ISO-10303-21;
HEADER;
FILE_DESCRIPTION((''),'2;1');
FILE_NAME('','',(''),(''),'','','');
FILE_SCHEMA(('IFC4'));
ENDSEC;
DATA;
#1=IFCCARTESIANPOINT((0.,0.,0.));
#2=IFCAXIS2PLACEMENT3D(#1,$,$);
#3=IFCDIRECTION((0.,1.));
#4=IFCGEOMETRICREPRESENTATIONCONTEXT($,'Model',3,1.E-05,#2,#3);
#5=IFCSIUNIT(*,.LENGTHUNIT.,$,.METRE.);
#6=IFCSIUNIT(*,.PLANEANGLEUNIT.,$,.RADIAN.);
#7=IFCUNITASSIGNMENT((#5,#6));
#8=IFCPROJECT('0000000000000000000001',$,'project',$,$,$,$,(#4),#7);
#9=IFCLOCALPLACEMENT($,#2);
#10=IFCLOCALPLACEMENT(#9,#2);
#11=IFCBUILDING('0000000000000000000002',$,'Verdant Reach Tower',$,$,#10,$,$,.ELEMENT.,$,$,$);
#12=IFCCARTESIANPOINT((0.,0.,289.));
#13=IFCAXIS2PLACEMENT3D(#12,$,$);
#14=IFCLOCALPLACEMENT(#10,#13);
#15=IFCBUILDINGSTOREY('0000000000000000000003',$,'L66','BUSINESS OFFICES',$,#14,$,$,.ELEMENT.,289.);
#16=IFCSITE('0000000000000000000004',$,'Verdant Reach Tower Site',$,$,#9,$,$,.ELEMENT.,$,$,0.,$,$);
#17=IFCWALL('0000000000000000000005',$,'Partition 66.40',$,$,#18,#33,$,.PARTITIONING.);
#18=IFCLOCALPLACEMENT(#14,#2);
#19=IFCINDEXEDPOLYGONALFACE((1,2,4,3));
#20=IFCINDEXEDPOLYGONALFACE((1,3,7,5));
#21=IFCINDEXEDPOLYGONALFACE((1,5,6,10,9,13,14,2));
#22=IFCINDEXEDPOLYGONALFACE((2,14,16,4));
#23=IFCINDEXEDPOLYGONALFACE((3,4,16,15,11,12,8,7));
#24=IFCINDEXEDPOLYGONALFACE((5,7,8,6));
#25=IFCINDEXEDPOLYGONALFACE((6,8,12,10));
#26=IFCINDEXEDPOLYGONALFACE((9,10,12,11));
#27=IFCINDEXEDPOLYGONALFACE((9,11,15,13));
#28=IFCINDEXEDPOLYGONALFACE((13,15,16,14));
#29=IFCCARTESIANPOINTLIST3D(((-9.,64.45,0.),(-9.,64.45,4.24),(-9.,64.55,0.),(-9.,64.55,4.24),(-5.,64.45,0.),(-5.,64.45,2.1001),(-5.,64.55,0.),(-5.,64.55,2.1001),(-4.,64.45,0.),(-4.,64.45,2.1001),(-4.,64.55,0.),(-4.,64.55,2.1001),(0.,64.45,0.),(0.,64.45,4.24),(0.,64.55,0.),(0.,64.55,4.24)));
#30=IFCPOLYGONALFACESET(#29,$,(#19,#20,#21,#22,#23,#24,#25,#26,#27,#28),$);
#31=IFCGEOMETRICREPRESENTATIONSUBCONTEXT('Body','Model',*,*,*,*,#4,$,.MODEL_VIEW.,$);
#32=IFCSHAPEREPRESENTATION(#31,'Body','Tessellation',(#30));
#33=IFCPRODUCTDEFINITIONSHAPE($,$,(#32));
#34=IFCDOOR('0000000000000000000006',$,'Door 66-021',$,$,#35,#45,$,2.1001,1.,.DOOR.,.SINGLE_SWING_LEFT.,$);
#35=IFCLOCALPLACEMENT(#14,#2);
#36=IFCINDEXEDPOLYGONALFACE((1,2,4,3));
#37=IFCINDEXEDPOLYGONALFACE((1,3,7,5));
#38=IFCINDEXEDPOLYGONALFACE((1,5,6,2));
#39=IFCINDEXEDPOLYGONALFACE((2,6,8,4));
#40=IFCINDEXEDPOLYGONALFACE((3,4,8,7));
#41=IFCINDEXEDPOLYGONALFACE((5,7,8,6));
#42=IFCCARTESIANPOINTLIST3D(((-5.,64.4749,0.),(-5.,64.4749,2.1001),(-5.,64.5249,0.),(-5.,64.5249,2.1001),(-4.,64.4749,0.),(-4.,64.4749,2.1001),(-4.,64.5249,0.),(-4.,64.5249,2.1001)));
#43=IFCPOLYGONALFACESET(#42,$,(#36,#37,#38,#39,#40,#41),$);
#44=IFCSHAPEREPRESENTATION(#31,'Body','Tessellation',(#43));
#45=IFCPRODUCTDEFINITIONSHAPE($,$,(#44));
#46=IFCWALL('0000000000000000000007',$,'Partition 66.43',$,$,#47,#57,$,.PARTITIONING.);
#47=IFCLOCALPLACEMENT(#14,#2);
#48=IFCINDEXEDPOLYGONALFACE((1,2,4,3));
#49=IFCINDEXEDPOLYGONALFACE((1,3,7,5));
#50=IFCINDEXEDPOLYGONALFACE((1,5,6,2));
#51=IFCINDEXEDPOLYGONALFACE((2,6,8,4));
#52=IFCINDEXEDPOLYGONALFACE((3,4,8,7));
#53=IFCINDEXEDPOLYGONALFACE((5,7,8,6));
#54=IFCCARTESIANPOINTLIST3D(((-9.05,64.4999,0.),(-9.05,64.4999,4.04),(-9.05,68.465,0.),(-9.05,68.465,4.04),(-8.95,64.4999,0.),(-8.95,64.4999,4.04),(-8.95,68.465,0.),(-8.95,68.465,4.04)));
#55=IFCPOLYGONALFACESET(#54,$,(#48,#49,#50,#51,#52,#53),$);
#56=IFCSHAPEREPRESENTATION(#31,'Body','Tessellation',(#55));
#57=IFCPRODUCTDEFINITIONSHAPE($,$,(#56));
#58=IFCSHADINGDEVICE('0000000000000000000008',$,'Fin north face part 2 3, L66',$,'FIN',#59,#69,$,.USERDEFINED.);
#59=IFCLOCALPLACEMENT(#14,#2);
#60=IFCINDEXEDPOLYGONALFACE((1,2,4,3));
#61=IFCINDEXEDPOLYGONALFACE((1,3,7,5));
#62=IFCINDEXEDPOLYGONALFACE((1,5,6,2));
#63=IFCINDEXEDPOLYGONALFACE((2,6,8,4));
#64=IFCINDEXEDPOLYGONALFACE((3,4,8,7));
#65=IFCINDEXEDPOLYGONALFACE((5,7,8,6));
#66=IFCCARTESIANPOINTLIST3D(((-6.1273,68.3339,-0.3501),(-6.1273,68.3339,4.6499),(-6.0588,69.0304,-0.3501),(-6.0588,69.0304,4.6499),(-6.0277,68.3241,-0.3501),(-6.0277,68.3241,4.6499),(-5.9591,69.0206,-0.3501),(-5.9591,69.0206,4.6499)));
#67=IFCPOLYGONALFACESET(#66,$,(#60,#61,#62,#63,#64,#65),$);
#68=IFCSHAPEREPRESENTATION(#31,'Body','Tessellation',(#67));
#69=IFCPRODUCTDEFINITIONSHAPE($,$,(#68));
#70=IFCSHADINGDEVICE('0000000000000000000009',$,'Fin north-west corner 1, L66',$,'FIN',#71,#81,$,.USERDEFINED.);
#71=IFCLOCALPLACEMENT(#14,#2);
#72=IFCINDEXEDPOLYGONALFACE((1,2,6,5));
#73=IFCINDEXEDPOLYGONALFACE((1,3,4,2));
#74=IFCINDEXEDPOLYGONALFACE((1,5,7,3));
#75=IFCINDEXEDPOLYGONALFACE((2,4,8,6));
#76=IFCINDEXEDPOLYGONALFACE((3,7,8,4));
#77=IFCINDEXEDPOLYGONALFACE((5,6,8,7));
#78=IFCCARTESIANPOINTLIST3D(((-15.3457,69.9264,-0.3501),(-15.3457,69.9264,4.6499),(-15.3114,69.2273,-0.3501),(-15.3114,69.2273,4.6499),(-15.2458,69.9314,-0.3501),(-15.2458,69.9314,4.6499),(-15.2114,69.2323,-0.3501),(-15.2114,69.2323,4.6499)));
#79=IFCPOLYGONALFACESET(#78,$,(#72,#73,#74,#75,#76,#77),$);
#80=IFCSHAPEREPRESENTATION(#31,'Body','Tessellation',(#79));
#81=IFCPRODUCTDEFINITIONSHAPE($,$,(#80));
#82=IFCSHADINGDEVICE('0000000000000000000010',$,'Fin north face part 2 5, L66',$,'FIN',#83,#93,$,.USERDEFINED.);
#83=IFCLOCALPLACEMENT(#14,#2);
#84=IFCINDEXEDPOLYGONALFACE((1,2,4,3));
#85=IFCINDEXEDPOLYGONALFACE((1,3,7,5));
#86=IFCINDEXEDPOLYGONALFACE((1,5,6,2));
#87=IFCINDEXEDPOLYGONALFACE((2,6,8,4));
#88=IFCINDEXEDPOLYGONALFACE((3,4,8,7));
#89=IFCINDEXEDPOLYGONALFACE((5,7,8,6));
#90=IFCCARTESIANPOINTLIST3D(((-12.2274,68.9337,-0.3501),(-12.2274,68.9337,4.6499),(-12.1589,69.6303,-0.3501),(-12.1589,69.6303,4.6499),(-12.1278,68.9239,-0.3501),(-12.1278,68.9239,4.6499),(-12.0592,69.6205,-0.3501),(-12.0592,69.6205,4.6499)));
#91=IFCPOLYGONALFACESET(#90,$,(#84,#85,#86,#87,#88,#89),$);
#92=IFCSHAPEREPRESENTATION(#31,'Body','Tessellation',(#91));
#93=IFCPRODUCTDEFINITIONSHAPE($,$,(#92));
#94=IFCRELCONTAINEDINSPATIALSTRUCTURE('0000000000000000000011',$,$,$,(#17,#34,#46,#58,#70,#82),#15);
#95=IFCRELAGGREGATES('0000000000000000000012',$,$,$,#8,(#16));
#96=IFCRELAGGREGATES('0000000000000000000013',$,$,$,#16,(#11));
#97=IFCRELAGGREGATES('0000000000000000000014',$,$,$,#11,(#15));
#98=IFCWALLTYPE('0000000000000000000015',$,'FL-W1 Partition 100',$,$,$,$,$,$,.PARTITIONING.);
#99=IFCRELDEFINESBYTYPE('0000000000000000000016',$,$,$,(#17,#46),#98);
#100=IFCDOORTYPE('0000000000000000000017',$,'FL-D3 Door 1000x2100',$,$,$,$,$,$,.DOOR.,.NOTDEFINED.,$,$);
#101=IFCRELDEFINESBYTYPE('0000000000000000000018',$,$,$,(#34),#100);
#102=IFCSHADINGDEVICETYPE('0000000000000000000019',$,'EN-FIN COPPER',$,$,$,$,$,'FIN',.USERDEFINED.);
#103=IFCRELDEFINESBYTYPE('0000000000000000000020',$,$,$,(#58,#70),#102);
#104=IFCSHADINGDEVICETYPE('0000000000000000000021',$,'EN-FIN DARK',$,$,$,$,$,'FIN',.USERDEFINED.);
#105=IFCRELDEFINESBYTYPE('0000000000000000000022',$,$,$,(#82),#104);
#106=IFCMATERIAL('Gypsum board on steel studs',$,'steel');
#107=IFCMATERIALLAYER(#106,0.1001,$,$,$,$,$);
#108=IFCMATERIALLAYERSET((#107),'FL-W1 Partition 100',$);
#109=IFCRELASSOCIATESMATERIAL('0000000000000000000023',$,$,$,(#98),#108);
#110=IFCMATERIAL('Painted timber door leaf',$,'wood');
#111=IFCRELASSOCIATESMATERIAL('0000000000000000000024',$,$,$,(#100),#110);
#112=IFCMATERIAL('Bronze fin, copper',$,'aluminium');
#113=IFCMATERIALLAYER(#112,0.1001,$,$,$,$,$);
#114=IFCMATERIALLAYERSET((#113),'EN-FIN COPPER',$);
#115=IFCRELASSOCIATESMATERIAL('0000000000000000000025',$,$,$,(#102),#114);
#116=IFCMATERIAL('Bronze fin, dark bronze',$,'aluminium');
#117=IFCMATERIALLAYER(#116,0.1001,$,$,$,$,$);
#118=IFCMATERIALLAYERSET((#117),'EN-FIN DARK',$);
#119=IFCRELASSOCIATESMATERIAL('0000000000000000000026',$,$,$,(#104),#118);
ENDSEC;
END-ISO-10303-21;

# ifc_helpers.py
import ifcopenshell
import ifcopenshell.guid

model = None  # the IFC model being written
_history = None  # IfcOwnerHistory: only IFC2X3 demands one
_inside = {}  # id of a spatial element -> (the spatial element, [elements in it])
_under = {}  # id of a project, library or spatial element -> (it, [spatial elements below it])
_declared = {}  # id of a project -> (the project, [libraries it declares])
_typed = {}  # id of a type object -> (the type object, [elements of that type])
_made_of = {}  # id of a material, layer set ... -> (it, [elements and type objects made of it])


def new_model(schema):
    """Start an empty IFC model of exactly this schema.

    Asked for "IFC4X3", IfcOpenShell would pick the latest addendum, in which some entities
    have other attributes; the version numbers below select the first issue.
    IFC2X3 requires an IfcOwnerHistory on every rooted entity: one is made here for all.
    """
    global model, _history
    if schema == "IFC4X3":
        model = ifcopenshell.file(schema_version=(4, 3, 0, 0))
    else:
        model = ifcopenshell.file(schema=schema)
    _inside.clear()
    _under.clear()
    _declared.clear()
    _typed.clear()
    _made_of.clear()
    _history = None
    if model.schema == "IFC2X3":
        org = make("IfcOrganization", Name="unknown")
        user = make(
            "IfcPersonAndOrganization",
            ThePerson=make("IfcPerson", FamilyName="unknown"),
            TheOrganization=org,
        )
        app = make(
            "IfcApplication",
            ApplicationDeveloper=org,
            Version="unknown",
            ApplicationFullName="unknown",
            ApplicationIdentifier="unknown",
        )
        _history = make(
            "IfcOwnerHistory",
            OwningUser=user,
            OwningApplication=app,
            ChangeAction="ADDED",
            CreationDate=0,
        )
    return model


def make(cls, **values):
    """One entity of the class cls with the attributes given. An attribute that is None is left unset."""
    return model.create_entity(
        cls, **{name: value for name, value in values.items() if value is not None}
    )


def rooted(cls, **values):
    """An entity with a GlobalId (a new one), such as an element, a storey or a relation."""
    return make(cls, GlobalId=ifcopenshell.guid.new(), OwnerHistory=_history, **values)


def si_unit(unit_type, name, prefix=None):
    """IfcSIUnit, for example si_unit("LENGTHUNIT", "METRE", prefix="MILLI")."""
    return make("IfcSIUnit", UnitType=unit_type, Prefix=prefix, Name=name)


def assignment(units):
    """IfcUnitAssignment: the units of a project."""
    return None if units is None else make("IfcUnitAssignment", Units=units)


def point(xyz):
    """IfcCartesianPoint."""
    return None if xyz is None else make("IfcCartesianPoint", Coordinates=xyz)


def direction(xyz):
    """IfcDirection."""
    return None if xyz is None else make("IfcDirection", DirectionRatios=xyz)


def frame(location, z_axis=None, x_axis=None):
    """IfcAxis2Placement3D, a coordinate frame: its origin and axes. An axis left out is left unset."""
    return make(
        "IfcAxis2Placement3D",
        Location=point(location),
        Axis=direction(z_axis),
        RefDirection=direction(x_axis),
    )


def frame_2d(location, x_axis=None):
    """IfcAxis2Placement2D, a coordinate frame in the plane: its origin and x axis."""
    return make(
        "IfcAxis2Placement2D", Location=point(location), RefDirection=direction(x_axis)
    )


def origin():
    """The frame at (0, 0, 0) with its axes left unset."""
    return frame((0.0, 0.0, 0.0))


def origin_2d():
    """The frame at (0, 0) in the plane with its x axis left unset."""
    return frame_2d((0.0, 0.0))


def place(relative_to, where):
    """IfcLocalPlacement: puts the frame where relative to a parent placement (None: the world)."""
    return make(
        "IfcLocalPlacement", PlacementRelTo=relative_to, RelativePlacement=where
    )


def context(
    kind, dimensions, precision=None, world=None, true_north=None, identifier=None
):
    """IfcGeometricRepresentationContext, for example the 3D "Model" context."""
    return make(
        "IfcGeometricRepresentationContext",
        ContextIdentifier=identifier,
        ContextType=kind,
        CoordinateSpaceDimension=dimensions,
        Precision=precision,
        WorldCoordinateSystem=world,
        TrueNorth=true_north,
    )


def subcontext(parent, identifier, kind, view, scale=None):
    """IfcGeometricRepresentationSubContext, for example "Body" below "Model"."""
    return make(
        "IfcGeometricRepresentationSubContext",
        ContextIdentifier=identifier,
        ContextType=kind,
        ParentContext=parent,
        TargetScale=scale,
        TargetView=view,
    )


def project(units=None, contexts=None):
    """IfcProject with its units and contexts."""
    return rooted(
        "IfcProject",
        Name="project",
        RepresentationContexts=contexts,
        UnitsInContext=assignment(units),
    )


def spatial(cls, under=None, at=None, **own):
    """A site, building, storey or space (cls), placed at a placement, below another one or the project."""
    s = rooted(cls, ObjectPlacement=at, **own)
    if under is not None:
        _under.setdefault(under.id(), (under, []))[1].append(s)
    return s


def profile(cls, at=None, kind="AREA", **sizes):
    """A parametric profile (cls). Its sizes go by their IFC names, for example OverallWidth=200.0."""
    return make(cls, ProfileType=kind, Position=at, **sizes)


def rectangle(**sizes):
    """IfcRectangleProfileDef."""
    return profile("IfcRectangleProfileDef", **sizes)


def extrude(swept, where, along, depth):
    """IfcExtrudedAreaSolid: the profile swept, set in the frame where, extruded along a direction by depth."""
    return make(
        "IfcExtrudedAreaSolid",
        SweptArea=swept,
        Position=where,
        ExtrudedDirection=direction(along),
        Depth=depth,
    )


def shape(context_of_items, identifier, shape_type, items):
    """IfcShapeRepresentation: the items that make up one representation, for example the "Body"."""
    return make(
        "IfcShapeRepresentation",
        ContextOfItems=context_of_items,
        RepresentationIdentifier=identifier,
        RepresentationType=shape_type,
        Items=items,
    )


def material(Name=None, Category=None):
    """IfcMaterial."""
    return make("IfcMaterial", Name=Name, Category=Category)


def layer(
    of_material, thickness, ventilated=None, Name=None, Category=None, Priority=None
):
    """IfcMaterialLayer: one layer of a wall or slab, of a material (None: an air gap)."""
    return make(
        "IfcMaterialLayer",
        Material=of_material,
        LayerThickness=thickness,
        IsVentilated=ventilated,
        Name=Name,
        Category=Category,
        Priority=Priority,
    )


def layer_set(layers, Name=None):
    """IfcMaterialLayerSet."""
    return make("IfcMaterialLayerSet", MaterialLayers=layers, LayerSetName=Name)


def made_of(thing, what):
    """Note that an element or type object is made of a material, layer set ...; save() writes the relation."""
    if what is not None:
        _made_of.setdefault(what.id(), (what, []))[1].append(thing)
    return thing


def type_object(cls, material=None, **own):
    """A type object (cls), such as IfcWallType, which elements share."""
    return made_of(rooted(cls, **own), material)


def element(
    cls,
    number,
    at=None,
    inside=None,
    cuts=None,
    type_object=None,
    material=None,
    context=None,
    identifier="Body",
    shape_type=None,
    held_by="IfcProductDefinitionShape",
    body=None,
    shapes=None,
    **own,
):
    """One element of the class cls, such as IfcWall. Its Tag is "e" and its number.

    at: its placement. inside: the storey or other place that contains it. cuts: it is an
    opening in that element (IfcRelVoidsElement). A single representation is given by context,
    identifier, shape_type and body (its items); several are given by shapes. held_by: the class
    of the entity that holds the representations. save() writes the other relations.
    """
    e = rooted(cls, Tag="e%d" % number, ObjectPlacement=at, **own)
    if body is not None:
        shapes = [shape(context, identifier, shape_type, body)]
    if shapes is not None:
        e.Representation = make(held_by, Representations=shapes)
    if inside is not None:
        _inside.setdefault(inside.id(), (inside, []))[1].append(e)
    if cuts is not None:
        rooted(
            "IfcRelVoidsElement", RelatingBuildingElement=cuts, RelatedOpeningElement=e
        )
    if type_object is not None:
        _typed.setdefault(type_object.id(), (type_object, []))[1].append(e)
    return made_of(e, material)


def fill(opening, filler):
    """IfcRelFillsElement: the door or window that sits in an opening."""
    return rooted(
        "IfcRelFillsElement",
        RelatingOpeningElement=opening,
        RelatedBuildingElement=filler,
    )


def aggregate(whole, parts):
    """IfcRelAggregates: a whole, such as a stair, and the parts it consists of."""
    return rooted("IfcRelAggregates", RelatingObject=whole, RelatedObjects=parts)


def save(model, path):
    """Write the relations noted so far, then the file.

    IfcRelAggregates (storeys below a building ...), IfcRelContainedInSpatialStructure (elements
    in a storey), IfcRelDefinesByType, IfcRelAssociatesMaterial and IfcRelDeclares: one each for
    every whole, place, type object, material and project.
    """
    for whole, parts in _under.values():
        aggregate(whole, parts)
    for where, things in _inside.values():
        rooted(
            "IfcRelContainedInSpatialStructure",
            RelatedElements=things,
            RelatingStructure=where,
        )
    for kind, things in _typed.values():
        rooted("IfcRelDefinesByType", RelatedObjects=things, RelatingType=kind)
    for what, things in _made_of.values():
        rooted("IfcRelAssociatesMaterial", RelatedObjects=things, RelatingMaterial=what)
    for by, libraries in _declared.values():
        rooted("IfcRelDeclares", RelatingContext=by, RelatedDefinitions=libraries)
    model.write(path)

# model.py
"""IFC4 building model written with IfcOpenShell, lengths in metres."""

from ifc_helpers import new_model, si_unit, direction, frame, frame_2d, origin, origin_2d, place, context, subcontext, project, spatial, rectangle, extrude, material, layer, layer_set, type_object, element, fill, save


model = new_model("IFC4")

# Units and contexts
model_context = context("Model", 3, precision=1e-05, world=origin(), true_north=direction((0.0, 1.0)))
body_context = subcontext(model_context, "Body", "Model", "MODEL_VIEW")
ifc_project = project(units=[si_unit("LENGTHUNIT", "METRE"), si_unit("PLANEANGLEUNIT", "RADIAN")], contexts=[model_context])

# Site, building, storey
site_placement = place(None, origin())
site = spatial("IfcSite", under=ifc_project, at=site_placement, Name="Verdant Reach Tower Site", CompositionType="ELEMENT", RefElevation=0.0)
building_placement = place(site_placement, origin())
building = spatial("IfcBuilding", under=site, at=building_placement, Name="Verdant Reach Tower", CompositionType="ELEMENT")
storey_placement = place(building_placement, frame((0.0, 0.0, 289.0)))
storey = spatial("IfcBuildingStorey", under=building, at=storey_placement, Name="L66", Description="BUSINESS OFFICES", CompositionType="ELEMENT", Elevation=289.0)

# Shared definitions
ifc_material_1 = material(Name="Gypsum board on steel studs", Category="steel")
ifc_layer_1 = layer(ifc_material_1, 0.1001)
ifc_layer_set_1 = layer_set([ifc_layer_1], Name="FL-W1 Partition 100")
wall_type = type_object("IfcWallType", Name="FL-W1 Partition 100", PredefinedType="PARTITIONING", material=ifc_layer_set_1)

# Wall, opening, door
ifc_material_2 = material(Name="Painted timber door leaf", Category="wood")
door_type = type_object("IfcDoorType", Name="FL-D3 Door 1000x2100", OperationType="NOTDEFINED", PredefinedType="DOOR", material=ifc_material_2)
wall_1_placement = place(storey_placement, frame((-9.0, 64.5, 0.0), z_axis=(0.0, 0.0, 1.0), x_axis=(1.0, 0.0, 0.0)))
wall_1 = element("IfcWall", 1, at=wall_1_placement, inside=storey, type_object=wall_type, Name="Partition 66.40", PredefinedType="PARTITIONING", context=body_context, shape_type="SweptSolid", body=[
    extrude(rectangle(XDim=9.0, YDim=0.1001, at=frame_2d((4.5, 0.0))), origin(), (0.0, 0.0, 1.0), 4.24),
])
opening_1_placement = place(wall_1_placement, frame((4.0, 0.0, 0.0)))
opening_1 = element("IfcOpeningElement", 2, at=opening_1_placement, cuts=wall_1, PredefinedType="OPENING", context=body_context, shape_type="SweptSolid", body=[
    extrude(rectangle(XDim=1.0, YDim=2.1001, at=frame_2d((0.5, 1.05))), frame((0.0, 0.0601, 0.0), z_axis=(0.0, -1.0, 0.0), x_axis=(1.0, 0.0, 0.0)), (0.0, 0.0, 1.0), 0.1201),
])
door_1_placement = place(opening_1_placement, origin())
door_1 = element("IfcDoor", 3, at=door_1_placement, inside=storey, type_object=door_type, Name="Door 66-021", OperationType="SINGLE_SWING_LEFT", OverallHeight=2.1001, OverallWidth=1.0, PredefinedType="DOOR", context=body_context, shape_type="SweptSolid", body=[
    extrude(rectangle(XDim=1.0, YDim=2.1001, at=frame_2d((0.5, 1.05))), frame((0.0, 0.0249, 0.0), z_axis=(0.0, -1.0, 0.0), x_axis=(1.0, 0.0, 0.0)), (0.0, 0.0, 1.0), 0.05),
])
fill(opening_1, door_1)

# Wall
wall_2_placement = place(storey_placement, frame((-9.0, 64.5, 0.0), z_axis=(0.0, 0.0, 1.0), x_axis=(0.0, 1.0, 0.0)))
element("IfcWall", 4, at=wall_2_placement, inside=storey, type_object=wall_type, Name="Partition 66.43", PredefinedType="PARTITIONING", context=body_context, shape_type="SweptSolid", body=[
    extrude(rectangle(XDim=3.9651, YDim=0.1001, at=frame_2d((1.9824, 0.0))), origin(), (0.0, 0.0, 1.0), 4.04),
])

# Shading devices
ifc_material_3 = material(Name="Bronze fin, copper", Category="aluminium")
ifc_layer_2 = layer(ifc_material_3, 0.1001)
ifc_layer_set_2 = layer_set([ifc_layer_2], Name="EN-FIN COPPER")
shading_device_type_1 = type_object("IfcShadingDeviceType", Name="EN-FIN COPPER", ElementType="FIN", PredefinedType="USERDEFINED", material=ifc_layer_set_2)
for number, where, z_axis, x_axis, name in (
    (5, (-6.0432, 68.6772, -0.3501), (0.0, 0.0, 1.0), (-0.995197, 0.097888, 0.0), "Fin north face part 2 3, L66"),
    (6, (-15.2786, 69.5793, -0.3501), (0.0, 0.0, 1.0), (-0.998793, -0.049128, 0.0), "Fin north-west corner 1, L66"),
):
    element("IfcShadingDevice", number, at=place(storey_placement, frame(where, z_axis=z_axis, x_axis=x_axis)), inside=storey, type_object=shading_device_type_1, Name=name, ObjectType="FIN", PredefinedType="USERDEFINED", context=body_context, shape_type="SweptSolid", body=[
        extrude(rectangle(XDim=0.1001, YDim=0.7, at=origin_2d()), origin(), (0.0, 0.0, 1.0), 5.0),
    ])
ifc_material_4 = material(Name="Bronze fin, dark bronze", Category="aluminium")
ifc_layer_3 = layer(ifc_material_4, 0.1001)
ifc_layer_set_3 = layer_set([ifc_layer_3], Name="EN-FIN DARK")
shading_device_type_2 = type_object("IfcShadingDeviceType", Name="EN-FIN DARK", ElementType="FIN", PredefinedType="USERDEFINED", material=ifc_layer_set_3)
shading_device_placement = place(storey_placement, frame((-12.1433, 69.2771, -0.3501), z_axis=(0.0, 0.0, 1.0), x_axis=(-0.995197, 0.097888, 0.0)))
element("IfcShadingDevice", 7, at=shading_device_placement, inside=storey, type_object=shading_device_type_2, Name="Fin north face part 2 5, L66", ObjectType="FIN", PredefinedType="USERDEFINED", context=body_context, shape_type="SweptSolid", body=[
    extrude(rectangle(XDim=0.1001, YDim=0.7, at=origin_2d()), origin(), (0.0, 0.0, 1.0), 5.0),
])

save(model, "model.ifc")
